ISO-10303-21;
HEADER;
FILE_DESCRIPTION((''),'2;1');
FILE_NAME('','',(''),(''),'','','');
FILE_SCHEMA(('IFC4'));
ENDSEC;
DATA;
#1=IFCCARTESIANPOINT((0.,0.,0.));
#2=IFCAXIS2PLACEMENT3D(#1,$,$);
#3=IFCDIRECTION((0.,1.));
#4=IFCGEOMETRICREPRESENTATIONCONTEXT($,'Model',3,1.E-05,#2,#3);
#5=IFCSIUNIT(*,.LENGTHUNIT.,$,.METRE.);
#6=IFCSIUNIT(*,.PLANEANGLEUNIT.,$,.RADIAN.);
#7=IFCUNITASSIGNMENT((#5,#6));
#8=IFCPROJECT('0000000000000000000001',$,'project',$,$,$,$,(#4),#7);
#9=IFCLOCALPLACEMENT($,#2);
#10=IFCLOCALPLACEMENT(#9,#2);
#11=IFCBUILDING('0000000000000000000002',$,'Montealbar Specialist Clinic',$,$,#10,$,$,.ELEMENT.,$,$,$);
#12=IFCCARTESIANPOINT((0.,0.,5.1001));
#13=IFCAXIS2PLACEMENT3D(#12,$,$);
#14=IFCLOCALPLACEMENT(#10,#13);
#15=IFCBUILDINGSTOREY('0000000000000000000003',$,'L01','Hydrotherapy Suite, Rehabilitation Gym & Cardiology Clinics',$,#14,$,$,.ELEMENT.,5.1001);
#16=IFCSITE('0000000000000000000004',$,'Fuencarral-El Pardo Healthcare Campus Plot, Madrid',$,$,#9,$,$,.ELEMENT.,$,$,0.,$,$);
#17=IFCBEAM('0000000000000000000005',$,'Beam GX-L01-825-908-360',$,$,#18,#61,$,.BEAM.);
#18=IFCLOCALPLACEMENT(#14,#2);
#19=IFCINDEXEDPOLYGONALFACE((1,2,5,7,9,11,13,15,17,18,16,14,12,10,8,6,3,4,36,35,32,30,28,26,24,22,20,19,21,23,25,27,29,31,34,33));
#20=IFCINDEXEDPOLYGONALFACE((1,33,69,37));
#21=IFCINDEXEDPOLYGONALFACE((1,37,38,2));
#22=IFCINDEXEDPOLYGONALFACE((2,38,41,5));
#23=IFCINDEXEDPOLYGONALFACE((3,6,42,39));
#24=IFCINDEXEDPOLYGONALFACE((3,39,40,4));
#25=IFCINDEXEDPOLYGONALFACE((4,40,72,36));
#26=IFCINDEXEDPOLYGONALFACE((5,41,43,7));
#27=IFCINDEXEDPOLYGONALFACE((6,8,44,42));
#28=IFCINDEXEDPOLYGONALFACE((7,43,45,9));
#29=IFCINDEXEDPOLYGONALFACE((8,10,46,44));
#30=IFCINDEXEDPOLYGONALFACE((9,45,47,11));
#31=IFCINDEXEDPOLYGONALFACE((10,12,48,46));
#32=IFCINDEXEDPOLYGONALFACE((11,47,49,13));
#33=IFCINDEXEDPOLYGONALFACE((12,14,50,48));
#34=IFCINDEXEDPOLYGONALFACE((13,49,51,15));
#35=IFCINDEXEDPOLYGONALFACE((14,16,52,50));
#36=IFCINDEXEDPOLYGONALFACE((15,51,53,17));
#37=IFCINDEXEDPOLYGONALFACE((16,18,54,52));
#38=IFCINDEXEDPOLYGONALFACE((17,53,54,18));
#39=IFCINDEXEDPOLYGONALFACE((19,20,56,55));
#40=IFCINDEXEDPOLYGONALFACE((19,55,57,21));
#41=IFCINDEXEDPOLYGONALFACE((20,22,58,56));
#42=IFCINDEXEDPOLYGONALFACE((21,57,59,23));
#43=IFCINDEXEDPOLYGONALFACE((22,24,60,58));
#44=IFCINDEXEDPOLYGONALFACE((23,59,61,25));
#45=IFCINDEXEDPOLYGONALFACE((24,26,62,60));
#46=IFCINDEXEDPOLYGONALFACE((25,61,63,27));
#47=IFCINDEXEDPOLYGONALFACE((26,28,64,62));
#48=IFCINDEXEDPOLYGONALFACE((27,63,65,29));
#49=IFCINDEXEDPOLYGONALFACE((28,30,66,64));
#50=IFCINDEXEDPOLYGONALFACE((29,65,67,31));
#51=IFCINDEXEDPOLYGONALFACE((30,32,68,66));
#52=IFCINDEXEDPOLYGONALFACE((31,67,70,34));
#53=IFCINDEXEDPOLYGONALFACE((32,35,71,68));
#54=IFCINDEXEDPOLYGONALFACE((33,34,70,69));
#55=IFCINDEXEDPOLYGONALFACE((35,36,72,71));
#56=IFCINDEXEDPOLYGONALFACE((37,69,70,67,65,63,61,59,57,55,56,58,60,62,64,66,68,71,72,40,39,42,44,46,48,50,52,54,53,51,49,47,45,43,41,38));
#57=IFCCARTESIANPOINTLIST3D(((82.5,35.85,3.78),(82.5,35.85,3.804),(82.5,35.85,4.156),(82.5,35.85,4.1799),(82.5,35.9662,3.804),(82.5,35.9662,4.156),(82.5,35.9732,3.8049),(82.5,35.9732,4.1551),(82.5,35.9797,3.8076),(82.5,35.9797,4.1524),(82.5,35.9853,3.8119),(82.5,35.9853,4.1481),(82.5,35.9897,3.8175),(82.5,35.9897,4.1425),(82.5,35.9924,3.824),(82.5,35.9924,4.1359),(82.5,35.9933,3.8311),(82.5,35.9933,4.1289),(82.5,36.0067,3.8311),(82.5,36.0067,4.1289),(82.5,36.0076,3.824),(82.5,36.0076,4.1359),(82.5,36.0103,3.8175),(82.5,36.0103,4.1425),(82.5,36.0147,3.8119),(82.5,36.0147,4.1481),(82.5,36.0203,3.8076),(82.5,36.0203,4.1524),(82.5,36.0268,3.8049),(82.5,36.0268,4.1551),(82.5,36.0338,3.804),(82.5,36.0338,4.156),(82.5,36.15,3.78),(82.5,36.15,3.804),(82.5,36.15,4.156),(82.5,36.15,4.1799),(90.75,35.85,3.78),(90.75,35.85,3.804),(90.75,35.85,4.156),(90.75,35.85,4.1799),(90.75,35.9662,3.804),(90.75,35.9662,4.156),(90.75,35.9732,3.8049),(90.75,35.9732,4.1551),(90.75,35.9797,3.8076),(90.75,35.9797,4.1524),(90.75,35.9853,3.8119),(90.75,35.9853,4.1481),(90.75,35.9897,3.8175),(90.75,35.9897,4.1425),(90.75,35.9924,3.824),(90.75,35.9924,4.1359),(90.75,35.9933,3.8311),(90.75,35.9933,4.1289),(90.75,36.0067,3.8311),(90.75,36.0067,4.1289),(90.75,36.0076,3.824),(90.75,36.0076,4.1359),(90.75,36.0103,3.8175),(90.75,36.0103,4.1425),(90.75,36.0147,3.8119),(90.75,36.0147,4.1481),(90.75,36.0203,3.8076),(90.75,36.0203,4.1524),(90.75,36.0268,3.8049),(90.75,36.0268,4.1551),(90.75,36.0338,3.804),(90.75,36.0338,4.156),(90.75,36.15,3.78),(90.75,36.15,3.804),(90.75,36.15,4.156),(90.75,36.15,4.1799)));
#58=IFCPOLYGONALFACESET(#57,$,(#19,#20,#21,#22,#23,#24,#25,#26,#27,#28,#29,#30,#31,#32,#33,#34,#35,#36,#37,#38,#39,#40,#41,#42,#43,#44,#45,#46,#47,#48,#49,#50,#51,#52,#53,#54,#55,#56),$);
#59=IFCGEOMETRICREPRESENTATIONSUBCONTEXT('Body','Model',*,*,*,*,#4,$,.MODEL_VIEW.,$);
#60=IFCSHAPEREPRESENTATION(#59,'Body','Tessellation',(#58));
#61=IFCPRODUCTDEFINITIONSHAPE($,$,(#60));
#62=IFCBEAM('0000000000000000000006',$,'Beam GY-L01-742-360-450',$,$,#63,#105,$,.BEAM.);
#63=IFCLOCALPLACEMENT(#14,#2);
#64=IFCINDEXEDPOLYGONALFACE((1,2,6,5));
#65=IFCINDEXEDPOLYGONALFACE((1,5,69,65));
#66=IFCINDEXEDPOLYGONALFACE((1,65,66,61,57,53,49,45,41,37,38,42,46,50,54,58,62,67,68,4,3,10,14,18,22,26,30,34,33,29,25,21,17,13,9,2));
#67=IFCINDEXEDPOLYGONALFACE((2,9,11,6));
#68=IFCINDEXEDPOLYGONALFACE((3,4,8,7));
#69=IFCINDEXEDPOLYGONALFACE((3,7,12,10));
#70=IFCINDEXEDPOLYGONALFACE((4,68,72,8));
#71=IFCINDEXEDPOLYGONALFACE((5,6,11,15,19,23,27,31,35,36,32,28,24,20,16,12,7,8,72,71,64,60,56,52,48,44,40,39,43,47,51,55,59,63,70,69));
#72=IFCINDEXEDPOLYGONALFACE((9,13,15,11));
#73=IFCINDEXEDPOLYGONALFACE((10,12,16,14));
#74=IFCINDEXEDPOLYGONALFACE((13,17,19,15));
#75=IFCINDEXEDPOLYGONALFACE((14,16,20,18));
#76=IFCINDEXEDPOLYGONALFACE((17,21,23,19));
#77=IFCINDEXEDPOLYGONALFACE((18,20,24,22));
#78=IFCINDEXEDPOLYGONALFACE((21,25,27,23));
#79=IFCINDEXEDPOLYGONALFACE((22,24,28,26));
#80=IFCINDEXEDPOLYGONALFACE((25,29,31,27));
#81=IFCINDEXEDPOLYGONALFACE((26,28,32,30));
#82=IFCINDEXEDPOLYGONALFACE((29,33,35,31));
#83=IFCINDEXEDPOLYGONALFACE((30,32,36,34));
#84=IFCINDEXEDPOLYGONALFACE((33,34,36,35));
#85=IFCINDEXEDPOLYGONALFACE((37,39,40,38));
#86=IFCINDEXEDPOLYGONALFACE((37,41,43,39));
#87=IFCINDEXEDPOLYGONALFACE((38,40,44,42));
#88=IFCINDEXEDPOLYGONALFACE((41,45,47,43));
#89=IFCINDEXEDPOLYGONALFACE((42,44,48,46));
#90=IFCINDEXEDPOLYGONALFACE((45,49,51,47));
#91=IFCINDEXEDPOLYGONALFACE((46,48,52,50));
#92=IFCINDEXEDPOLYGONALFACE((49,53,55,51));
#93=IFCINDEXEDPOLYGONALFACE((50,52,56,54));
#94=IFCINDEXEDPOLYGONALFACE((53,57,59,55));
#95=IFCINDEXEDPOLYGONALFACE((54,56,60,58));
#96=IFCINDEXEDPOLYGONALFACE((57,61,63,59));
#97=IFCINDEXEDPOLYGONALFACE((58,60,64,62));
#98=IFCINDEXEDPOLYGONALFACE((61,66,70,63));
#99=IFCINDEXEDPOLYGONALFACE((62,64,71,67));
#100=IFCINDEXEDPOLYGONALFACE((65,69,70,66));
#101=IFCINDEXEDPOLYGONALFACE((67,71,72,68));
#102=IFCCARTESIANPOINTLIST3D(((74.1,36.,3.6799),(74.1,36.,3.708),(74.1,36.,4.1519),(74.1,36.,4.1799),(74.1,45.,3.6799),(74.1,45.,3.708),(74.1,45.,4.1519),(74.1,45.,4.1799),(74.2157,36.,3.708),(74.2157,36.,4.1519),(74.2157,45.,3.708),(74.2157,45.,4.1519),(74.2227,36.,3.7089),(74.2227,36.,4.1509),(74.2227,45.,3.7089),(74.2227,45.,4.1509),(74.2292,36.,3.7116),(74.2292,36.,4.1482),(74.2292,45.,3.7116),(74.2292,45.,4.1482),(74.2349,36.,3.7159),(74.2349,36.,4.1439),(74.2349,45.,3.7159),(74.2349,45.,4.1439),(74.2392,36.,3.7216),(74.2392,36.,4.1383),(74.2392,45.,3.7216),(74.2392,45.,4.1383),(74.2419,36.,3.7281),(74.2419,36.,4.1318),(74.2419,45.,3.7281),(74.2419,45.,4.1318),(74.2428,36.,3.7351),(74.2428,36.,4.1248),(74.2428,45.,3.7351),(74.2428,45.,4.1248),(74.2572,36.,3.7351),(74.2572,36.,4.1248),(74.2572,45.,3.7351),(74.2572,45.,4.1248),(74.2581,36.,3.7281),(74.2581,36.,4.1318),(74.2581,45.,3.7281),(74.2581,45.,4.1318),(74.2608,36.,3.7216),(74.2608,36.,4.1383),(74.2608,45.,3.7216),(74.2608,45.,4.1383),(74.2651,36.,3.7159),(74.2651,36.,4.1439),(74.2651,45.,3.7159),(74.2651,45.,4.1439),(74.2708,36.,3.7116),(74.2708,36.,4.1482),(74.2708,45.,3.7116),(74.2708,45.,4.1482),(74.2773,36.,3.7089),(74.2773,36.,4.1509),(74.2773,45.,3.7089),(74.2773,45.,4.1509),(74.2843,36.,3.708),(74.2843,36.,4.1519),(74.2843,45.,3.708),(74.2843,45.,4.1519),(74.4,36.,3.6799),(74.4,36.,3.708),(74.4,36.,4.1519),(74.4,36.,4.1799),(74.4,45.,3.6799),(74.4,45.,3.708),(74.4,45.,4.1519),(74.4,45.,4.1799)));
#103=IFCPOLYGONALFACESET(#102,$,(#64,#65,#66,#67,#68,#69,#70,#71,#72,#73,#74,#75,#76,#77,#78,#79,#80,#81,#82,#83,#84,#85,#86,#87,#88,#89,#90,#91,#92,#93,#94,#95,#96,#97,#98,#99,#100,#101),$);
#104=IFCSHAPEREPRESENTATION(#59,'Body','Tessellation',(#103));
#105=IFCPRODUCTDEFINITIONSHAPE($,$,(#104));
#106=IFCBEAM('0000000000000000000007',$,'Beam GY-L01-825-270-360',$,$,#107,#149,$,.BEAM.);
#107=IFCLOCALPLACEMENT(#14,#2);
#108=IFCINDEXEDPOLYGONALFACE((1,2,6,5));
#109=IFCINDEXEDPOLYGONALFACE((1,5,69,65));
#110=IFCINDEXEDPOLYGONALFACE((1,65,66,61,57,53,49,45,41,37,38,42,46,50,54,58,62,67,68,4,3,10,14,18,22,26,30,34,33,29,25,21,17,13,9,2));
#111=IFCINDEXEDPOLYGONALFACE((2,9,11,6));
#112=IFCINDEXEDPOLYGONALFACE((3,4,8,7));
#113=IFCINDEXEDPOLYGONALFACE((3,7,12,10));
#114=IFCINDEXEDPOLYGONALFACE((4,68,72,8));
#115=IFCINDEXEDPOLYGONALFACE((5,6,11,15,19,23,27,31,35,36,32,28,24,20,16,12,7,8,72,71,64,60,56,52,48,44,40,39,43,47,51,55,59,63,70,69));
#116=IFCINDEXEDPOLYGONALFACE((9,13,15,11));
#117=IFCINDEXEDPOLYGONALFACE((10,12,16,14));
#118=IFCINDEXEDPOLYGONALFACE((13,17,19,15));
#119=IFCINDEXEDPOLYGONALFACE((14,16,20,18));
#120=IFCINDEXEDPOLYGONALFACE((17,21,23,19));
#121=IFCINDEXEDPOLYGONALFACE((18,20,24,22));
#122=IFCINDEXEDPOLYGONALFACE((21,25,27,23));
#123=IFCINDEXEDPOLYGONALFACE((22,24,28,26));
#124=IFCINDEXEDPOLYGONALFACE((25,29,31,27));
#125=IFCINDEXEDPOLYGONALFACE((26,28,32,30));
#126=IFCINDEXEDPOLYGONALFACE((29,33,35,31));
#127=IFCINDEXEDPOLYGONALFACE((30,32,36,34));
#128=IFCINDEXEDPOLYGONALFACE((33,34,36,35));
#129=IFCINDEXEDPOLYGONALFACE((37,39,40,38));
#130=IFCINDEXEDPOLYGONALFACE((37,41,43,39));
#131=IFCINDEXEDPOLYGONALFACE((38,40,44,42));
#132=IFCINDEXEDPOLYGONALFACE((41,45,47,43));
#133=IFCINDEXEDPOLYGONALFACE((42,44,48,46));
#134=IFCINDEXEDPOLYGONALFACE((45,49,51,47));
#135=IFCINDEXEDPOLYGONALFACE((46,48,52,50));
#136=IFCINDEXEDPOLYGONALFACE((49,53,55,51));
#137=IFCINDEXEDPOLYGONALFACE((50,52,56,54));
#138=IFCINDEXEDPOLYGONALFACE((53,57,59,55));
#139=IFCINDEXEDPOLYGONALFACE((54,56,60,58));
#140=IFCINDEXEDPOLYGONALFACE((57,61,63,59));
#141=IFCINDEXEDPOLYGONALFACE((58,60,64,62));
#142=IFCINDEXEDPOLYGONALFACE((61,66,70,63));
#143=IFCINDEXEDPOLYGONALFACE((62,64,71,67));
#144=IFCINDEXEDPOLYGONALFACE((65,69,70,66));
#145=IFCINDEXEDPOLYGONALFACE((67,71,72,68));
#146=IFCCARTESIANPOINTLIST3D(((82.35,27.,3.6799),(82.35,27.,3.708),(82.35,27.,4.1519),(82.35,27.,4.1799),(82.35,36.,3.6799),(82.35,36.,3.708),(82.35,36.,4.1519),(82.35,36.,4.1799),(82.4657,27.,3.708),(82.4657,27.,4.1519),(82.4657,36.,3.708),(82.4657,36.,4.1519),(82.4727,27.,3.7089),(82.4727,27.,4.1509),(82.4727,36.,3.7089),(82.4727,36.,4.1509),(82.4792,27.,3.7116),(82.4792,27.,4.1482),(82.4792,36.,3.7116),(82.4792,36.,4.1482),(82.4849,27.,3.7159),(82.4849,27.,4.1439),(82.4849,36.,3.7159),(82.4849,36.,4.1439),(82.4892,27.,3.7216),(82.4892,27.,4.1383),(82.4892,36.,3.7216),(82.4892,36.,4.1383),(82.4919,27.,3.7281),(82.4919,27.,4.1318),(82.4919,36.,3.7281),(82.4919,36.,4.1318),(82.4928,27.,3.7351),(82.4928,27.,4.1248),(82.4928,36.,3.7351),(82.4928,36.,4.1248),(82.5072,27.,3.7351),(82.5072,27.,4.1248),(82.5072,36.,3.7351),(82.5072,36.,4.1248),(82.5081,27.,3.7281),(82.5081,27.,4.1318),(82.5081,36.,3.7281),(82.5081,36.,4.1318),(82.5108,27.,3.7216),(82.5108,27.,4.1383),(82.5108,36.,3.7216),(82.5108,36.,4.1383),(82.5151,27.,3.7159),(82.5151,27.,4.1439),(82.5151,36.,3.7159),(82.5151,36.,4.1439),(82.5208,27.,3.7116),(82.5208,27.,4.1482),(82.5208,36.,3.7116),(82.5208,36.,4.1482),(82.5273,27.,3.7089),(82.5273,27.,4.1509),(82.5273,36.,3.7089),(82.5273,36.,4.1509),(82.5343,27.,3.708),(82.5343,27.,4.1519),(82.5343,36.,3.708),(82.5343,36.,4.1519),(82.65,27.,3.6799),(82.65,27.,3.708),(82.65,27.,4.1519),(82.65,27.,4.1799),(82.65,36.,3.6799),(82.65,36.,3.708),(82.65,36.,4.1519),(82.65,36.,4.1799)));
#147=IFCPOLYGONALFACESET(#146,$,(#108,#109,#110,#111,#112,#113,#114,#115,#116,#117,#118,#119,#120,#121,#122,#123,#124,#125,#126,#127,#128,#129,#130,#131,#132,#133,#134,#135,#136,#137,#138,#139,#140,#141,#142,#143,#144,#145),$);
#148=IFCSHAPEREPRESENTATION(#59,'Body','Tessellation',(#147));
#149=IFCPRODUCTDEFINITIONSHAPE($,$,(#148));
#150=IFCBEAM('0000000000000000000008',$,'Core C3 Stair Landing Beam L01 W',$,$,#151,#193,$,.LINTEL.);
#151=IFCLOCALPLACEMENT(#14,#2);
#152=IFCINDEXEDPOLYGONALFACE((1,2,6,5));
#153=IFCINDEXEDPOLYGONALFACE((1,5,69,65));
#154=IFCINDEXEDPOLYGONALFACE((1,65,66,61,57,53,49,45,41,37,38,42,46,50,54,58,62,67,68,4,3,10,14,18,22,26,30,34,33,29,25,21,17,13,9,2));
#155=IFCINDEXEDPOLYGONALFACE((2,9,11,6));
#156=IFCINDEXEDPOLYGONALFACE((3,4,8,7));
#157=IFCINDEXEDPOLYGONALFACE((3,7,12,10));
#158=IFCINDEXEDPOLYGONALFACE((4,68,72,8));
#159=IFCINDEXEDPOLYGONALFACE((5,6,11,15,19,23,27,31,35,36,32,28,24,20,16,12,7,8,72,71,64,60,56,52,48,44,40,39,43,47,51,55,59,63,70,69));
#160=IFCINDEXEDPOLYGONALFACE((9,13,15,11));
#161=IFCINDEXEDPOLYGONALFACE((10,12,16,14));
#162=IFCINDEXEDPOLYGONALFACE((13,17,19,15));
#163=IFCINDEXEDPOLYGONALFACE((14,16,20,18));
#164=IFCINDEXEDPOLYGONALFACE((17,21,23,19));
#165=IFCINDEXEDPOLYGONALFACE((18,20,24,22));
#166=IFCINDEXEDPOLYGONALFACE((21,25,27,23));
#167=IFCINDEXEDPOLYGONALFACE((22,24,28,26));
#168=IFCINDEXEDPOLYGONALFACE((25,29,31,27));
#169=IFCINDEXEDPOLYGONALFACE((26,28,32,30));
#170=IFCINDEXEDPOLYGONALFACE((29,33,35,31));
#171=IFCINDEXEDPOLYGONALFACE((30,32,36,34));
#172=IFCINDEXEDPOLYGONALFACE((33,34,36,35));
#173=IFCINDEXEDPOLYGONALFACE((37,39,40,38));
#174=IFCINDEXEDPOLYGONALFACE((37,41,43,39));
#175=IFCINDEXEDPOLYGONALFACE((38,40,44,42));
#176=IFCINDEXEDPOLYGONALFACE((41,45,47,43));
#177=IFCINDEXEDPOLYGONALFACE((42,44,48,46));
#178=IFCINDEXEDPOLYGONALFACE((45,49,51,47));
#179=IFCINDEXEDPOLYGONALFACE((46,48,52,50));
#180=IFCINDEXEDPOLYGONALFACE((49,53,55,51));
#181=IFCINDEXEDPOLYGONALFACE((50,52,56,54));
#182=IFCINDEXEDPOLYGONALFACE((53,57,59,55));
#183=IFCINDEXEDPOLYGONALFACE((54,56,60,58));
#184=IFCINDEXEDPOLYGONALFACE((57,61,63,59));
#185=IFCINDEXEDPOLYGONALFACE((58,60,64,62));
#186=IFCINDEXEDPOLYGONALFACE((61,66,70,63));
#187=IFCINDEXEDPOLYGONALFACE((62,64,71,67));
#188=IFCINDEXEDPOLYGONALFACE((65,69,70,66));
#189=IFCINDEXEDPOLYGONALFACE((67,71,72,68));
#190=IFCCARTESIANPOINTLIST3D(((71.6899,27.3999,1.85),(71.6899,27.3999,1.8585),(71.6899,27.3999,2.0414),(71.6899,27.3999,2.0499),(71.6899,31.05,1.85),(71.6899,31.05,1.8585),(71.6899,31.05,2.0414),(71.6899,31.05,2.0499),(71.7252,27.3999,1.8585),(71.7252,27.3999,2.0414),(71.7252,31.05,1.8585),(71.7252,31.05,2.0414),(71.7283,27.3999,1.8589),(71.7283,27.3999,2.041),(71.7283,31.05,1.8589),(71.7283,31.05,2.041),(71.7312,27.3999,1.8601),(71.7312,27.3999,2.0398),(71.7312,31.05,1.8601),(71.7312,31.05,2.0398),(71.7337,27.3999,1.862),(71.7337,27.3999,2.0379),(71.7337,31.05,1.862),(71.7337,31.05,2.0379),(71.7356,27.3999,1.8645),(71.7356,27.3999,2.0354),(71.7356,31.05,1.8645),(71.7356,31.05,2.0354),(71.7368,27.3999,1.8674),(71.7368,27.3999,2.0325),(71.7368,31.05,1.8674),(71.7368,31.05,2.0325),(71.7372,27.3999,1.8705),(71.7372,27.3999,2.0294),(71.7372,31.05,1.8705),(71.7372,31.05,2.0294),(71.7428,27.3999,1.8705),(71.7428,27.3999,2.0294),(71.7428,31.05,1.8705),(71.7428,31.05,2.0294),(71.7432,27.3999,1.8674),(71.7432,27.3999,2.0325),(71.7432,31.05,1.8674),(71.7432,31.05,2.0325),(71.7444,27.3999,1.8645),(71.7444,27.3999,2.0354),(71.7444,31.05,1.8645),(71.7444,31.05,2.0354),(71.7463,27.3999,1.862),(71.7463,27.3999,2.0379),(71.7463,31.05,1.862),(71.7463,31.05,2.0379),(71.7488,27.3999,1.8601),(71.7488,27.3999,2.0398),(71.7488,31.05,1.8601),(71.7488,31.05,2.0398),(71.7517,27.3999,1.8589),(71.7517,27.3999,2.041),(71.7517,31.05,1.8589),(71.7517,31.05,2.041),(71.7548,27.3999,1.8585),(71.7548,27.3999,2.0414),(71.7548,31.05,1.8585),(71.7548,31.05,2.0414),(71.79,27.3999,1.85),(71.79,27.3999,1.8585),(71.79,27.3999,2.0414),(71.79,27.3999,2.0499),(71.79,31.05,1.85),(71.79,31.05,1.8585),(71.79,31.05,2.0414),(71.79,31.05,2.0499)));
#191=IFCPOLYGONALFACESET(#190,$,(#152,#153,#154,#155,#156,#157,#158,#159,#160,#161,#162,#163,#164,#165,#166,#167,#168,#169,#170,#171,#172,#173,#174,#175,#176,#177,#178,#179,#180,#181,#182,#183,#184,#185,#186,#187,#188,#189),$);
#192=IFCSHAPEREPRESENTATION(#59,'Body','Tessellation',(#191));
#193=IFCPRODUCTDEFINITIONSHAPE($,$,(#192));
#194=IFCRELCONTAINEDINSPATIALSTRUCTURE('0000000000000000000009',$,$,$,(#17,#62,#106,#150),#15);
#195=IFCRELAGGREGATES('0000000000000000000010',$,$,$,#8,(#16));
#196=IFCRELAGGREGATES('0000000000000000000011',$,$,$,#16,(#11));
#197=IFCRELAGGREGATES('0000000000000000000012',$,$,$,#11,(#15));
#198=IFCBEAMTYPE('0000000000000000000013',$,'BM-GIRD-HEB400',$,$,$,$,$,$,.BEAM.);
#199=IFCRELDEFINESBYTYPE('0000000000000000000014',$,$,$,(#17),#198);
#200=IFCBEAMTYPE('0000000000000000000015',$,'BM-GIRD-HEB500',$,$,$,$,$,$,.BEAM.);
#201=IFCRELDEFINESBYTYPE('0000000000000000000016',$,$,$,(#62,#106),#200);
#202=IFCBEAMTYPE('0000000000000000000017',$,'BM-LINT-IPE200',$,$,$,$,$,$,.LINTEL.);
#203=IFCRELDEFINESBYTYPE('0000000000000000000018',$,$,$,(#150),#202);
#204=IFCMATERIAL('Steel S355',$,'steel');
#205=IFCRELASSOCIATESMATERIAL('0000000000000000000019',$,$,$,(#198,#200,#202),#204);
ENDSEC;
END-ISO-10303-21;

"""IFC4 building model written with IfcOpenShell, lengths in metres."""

from ifc_helpers import new_model, si_unit, direction, frame, origin, origin_2d, place, context, subcontext, project, spatial, i_section, extrude, material, material_profile, profile_set, type_object, element, save


model = new_model("IFC4")

# Units and contexts
model_context = context("Model", 3, precision=1e-05, world=origin(), true_north=direction((0.0, 1.0)))
body_context = subcontext(model_context, "Body", "Model", "MODEL_VIEW")
ifc_project = project(units=[si_unit("LENGTHUNIT", "METRE"), si_unit("PLANEANGLEUNIT", "RADIAN")], contexts=[model_context])

# Site, building, storey
site_placement = place(None, origin())
site = spatial("IfcSite", under=ifc_project, at=site_placement, Name="Fuencarral-El Pardo Healthcare Campus Plot, Madrid", CompositionType="ELEMENT", RefElevation=0.0)
building_placement = place(site_placement, origin())
building = spatial("IfcBuilding", under=site, at=building_placement, Name="Montealbar Specialist Clinic", CompositionType="ELEMENT")
storey_placement = place(building_placement, frame((0.0, 0.0, 5.1001)))
storey = spatial("IfcBuildingStorey", under=building, at=storey_placement, Name="L01", Description="Hydrotherapy Suite, Rehabilitation Gym & Cardiology Clinics", CompositionType="ELEMENT", Elevation=5.1001)

# Shared definitions
ifc_material_1 = material(Name="Steel S355", Category="steel")

# Beams
ifc_material_profile_1 = material_profile(ifc_material_1, i_section(OverallWidth=0.3, OverallDepth=0.3999, WebThickness=0.0134, FlangeThickness=0.0239, FilletRadius=0.0271, at=origin_2d()), Name="HEB 400", Category="steel")
ifc_profile_set_1 = profile_set([ifc_material_profile_1], Name="Steel S355")
beam_type_1 = type_object("IfcBeamType", Name="BM-GIRD-HEB400", PredefinedType="BEAM", material=ifc_profile_set_1)
for number, where, z_axis, x_axis, name in (
    (1, (82.5, 36.0, 3.98), (1.0, 0.0, 0.0), (0.0, 1.0, 0.0), "Beam GX-L01-825-908-360"),
):
    element("IfcBeam", number, at=place(storey_placement, frame(where, z_axis=z_axis, x_axis=x_axis)), inside=storey, type_object=beam_type_1, Name=name, PredefinedType="BEAM", context=body_context, shape_type="SweptSolid", body=[
        extrude(i_section(OverallWidth=0.3, OverallDepth=0.3999, WebThickness=0.0134, FlangeThickness=0.0239, FilletRadius=0.0271, at=origin_2d()), origin(), (0.0, 0.0, 1.0), 8.25),
    ])
ifc_material_profile_2 = material_profile(ifc_material_1, i_section(OverallWidth=0.3, OverallDepth=0.5, WebThickness=0.0144, FlangeThickness=0.0281, FilletRadius=0.0271, at=origin_2d()), Name="HEB 500", Category="steel")
ifc_profile_set_2 = profile_set([ifc_material_profile_2], Name="Steel S355")
beam_type_2 = type_object("IfcBeamType", Name="BM-GIRD-HEB500", PredefinedType="BEAM", material=ifc_profile_set_2)
for number, where, z_axis, x_axis, name in (
    (2, (74.25, 36.0, 3.9299), (0.0, 1.0, 0.0), (-1.0, 0.0, 0.0), "Beam GY-L01-742-360-450"),
    (3, (82.5, 27.0, 3.9299), (0.0, 1.0, 0.0), (-1.0, 0.0, 0.0), "Beam GY-L01-825-270-360"),
):
    element("IfcBeam", number, at=place(storey_placement, frame(where, z_axis=z_axis, x_axis=x_axis)), inside=storey, type_object=beam_type_2, Name=name, PredefinedType="BEAM", context=body_context, shape_type="SweptSolid", body=[
        extrude(i_section(OverallWidth=0.3, OverallDepth=0.5, WebThickness=0.0144, FlangeThickness=0.0281, FilletRadius=0.0271, at=origin_2d()), origin(), (0.0, 0.0, 1.0), 9.0),
    ])
ifc_material_profile_3 = material_profile(ifc_material_1, i_section(OverallWidth=0.1001, OverallDepth=0.2, WebThickness=0.0056, FlangeThickness=0.0085, FilletRadius=0.012, at=origin_2d()), Name="IPE 200", Category="steel")
ifc_profile_set_3 = profile_set([ifc_material_profile_3], Name="Steel S355")
beam_type_3 = type_object("IfcBeamType", Name="BM-LINT-IPE200", PredefinedType="LINTEL", material=ifc_profile_set_3)
for number, where, z_axis, x_axis, name in (
    (4, (71.74, 27.3999, 1.95), (0.0, 1.0, 0.0), (-1.0, 0.0, 0.0), "Core C3 Stair Landing Beam L01 W"),
):
    element("IfcBeam", number, at=place(storey_placement, frame(where, z_axis=z_axis, x_axis=x_axis)), inside=storey, type_object=beam_type_3, Name=name, PredefinedType="LINTEL", context=body_context, shape_type="SweptSolid", body=[
        extrude(i_section(OverallWidth=0.1001, OverallDepth=0.2, WebThickness=0.0056, FlangeThickness=0.0085, FilletRadius=0.012, at=origin_2d()), origin(), (0.0, 0.0, 1.0), 3.6501),
    ])

save(model, "model.ifc")
